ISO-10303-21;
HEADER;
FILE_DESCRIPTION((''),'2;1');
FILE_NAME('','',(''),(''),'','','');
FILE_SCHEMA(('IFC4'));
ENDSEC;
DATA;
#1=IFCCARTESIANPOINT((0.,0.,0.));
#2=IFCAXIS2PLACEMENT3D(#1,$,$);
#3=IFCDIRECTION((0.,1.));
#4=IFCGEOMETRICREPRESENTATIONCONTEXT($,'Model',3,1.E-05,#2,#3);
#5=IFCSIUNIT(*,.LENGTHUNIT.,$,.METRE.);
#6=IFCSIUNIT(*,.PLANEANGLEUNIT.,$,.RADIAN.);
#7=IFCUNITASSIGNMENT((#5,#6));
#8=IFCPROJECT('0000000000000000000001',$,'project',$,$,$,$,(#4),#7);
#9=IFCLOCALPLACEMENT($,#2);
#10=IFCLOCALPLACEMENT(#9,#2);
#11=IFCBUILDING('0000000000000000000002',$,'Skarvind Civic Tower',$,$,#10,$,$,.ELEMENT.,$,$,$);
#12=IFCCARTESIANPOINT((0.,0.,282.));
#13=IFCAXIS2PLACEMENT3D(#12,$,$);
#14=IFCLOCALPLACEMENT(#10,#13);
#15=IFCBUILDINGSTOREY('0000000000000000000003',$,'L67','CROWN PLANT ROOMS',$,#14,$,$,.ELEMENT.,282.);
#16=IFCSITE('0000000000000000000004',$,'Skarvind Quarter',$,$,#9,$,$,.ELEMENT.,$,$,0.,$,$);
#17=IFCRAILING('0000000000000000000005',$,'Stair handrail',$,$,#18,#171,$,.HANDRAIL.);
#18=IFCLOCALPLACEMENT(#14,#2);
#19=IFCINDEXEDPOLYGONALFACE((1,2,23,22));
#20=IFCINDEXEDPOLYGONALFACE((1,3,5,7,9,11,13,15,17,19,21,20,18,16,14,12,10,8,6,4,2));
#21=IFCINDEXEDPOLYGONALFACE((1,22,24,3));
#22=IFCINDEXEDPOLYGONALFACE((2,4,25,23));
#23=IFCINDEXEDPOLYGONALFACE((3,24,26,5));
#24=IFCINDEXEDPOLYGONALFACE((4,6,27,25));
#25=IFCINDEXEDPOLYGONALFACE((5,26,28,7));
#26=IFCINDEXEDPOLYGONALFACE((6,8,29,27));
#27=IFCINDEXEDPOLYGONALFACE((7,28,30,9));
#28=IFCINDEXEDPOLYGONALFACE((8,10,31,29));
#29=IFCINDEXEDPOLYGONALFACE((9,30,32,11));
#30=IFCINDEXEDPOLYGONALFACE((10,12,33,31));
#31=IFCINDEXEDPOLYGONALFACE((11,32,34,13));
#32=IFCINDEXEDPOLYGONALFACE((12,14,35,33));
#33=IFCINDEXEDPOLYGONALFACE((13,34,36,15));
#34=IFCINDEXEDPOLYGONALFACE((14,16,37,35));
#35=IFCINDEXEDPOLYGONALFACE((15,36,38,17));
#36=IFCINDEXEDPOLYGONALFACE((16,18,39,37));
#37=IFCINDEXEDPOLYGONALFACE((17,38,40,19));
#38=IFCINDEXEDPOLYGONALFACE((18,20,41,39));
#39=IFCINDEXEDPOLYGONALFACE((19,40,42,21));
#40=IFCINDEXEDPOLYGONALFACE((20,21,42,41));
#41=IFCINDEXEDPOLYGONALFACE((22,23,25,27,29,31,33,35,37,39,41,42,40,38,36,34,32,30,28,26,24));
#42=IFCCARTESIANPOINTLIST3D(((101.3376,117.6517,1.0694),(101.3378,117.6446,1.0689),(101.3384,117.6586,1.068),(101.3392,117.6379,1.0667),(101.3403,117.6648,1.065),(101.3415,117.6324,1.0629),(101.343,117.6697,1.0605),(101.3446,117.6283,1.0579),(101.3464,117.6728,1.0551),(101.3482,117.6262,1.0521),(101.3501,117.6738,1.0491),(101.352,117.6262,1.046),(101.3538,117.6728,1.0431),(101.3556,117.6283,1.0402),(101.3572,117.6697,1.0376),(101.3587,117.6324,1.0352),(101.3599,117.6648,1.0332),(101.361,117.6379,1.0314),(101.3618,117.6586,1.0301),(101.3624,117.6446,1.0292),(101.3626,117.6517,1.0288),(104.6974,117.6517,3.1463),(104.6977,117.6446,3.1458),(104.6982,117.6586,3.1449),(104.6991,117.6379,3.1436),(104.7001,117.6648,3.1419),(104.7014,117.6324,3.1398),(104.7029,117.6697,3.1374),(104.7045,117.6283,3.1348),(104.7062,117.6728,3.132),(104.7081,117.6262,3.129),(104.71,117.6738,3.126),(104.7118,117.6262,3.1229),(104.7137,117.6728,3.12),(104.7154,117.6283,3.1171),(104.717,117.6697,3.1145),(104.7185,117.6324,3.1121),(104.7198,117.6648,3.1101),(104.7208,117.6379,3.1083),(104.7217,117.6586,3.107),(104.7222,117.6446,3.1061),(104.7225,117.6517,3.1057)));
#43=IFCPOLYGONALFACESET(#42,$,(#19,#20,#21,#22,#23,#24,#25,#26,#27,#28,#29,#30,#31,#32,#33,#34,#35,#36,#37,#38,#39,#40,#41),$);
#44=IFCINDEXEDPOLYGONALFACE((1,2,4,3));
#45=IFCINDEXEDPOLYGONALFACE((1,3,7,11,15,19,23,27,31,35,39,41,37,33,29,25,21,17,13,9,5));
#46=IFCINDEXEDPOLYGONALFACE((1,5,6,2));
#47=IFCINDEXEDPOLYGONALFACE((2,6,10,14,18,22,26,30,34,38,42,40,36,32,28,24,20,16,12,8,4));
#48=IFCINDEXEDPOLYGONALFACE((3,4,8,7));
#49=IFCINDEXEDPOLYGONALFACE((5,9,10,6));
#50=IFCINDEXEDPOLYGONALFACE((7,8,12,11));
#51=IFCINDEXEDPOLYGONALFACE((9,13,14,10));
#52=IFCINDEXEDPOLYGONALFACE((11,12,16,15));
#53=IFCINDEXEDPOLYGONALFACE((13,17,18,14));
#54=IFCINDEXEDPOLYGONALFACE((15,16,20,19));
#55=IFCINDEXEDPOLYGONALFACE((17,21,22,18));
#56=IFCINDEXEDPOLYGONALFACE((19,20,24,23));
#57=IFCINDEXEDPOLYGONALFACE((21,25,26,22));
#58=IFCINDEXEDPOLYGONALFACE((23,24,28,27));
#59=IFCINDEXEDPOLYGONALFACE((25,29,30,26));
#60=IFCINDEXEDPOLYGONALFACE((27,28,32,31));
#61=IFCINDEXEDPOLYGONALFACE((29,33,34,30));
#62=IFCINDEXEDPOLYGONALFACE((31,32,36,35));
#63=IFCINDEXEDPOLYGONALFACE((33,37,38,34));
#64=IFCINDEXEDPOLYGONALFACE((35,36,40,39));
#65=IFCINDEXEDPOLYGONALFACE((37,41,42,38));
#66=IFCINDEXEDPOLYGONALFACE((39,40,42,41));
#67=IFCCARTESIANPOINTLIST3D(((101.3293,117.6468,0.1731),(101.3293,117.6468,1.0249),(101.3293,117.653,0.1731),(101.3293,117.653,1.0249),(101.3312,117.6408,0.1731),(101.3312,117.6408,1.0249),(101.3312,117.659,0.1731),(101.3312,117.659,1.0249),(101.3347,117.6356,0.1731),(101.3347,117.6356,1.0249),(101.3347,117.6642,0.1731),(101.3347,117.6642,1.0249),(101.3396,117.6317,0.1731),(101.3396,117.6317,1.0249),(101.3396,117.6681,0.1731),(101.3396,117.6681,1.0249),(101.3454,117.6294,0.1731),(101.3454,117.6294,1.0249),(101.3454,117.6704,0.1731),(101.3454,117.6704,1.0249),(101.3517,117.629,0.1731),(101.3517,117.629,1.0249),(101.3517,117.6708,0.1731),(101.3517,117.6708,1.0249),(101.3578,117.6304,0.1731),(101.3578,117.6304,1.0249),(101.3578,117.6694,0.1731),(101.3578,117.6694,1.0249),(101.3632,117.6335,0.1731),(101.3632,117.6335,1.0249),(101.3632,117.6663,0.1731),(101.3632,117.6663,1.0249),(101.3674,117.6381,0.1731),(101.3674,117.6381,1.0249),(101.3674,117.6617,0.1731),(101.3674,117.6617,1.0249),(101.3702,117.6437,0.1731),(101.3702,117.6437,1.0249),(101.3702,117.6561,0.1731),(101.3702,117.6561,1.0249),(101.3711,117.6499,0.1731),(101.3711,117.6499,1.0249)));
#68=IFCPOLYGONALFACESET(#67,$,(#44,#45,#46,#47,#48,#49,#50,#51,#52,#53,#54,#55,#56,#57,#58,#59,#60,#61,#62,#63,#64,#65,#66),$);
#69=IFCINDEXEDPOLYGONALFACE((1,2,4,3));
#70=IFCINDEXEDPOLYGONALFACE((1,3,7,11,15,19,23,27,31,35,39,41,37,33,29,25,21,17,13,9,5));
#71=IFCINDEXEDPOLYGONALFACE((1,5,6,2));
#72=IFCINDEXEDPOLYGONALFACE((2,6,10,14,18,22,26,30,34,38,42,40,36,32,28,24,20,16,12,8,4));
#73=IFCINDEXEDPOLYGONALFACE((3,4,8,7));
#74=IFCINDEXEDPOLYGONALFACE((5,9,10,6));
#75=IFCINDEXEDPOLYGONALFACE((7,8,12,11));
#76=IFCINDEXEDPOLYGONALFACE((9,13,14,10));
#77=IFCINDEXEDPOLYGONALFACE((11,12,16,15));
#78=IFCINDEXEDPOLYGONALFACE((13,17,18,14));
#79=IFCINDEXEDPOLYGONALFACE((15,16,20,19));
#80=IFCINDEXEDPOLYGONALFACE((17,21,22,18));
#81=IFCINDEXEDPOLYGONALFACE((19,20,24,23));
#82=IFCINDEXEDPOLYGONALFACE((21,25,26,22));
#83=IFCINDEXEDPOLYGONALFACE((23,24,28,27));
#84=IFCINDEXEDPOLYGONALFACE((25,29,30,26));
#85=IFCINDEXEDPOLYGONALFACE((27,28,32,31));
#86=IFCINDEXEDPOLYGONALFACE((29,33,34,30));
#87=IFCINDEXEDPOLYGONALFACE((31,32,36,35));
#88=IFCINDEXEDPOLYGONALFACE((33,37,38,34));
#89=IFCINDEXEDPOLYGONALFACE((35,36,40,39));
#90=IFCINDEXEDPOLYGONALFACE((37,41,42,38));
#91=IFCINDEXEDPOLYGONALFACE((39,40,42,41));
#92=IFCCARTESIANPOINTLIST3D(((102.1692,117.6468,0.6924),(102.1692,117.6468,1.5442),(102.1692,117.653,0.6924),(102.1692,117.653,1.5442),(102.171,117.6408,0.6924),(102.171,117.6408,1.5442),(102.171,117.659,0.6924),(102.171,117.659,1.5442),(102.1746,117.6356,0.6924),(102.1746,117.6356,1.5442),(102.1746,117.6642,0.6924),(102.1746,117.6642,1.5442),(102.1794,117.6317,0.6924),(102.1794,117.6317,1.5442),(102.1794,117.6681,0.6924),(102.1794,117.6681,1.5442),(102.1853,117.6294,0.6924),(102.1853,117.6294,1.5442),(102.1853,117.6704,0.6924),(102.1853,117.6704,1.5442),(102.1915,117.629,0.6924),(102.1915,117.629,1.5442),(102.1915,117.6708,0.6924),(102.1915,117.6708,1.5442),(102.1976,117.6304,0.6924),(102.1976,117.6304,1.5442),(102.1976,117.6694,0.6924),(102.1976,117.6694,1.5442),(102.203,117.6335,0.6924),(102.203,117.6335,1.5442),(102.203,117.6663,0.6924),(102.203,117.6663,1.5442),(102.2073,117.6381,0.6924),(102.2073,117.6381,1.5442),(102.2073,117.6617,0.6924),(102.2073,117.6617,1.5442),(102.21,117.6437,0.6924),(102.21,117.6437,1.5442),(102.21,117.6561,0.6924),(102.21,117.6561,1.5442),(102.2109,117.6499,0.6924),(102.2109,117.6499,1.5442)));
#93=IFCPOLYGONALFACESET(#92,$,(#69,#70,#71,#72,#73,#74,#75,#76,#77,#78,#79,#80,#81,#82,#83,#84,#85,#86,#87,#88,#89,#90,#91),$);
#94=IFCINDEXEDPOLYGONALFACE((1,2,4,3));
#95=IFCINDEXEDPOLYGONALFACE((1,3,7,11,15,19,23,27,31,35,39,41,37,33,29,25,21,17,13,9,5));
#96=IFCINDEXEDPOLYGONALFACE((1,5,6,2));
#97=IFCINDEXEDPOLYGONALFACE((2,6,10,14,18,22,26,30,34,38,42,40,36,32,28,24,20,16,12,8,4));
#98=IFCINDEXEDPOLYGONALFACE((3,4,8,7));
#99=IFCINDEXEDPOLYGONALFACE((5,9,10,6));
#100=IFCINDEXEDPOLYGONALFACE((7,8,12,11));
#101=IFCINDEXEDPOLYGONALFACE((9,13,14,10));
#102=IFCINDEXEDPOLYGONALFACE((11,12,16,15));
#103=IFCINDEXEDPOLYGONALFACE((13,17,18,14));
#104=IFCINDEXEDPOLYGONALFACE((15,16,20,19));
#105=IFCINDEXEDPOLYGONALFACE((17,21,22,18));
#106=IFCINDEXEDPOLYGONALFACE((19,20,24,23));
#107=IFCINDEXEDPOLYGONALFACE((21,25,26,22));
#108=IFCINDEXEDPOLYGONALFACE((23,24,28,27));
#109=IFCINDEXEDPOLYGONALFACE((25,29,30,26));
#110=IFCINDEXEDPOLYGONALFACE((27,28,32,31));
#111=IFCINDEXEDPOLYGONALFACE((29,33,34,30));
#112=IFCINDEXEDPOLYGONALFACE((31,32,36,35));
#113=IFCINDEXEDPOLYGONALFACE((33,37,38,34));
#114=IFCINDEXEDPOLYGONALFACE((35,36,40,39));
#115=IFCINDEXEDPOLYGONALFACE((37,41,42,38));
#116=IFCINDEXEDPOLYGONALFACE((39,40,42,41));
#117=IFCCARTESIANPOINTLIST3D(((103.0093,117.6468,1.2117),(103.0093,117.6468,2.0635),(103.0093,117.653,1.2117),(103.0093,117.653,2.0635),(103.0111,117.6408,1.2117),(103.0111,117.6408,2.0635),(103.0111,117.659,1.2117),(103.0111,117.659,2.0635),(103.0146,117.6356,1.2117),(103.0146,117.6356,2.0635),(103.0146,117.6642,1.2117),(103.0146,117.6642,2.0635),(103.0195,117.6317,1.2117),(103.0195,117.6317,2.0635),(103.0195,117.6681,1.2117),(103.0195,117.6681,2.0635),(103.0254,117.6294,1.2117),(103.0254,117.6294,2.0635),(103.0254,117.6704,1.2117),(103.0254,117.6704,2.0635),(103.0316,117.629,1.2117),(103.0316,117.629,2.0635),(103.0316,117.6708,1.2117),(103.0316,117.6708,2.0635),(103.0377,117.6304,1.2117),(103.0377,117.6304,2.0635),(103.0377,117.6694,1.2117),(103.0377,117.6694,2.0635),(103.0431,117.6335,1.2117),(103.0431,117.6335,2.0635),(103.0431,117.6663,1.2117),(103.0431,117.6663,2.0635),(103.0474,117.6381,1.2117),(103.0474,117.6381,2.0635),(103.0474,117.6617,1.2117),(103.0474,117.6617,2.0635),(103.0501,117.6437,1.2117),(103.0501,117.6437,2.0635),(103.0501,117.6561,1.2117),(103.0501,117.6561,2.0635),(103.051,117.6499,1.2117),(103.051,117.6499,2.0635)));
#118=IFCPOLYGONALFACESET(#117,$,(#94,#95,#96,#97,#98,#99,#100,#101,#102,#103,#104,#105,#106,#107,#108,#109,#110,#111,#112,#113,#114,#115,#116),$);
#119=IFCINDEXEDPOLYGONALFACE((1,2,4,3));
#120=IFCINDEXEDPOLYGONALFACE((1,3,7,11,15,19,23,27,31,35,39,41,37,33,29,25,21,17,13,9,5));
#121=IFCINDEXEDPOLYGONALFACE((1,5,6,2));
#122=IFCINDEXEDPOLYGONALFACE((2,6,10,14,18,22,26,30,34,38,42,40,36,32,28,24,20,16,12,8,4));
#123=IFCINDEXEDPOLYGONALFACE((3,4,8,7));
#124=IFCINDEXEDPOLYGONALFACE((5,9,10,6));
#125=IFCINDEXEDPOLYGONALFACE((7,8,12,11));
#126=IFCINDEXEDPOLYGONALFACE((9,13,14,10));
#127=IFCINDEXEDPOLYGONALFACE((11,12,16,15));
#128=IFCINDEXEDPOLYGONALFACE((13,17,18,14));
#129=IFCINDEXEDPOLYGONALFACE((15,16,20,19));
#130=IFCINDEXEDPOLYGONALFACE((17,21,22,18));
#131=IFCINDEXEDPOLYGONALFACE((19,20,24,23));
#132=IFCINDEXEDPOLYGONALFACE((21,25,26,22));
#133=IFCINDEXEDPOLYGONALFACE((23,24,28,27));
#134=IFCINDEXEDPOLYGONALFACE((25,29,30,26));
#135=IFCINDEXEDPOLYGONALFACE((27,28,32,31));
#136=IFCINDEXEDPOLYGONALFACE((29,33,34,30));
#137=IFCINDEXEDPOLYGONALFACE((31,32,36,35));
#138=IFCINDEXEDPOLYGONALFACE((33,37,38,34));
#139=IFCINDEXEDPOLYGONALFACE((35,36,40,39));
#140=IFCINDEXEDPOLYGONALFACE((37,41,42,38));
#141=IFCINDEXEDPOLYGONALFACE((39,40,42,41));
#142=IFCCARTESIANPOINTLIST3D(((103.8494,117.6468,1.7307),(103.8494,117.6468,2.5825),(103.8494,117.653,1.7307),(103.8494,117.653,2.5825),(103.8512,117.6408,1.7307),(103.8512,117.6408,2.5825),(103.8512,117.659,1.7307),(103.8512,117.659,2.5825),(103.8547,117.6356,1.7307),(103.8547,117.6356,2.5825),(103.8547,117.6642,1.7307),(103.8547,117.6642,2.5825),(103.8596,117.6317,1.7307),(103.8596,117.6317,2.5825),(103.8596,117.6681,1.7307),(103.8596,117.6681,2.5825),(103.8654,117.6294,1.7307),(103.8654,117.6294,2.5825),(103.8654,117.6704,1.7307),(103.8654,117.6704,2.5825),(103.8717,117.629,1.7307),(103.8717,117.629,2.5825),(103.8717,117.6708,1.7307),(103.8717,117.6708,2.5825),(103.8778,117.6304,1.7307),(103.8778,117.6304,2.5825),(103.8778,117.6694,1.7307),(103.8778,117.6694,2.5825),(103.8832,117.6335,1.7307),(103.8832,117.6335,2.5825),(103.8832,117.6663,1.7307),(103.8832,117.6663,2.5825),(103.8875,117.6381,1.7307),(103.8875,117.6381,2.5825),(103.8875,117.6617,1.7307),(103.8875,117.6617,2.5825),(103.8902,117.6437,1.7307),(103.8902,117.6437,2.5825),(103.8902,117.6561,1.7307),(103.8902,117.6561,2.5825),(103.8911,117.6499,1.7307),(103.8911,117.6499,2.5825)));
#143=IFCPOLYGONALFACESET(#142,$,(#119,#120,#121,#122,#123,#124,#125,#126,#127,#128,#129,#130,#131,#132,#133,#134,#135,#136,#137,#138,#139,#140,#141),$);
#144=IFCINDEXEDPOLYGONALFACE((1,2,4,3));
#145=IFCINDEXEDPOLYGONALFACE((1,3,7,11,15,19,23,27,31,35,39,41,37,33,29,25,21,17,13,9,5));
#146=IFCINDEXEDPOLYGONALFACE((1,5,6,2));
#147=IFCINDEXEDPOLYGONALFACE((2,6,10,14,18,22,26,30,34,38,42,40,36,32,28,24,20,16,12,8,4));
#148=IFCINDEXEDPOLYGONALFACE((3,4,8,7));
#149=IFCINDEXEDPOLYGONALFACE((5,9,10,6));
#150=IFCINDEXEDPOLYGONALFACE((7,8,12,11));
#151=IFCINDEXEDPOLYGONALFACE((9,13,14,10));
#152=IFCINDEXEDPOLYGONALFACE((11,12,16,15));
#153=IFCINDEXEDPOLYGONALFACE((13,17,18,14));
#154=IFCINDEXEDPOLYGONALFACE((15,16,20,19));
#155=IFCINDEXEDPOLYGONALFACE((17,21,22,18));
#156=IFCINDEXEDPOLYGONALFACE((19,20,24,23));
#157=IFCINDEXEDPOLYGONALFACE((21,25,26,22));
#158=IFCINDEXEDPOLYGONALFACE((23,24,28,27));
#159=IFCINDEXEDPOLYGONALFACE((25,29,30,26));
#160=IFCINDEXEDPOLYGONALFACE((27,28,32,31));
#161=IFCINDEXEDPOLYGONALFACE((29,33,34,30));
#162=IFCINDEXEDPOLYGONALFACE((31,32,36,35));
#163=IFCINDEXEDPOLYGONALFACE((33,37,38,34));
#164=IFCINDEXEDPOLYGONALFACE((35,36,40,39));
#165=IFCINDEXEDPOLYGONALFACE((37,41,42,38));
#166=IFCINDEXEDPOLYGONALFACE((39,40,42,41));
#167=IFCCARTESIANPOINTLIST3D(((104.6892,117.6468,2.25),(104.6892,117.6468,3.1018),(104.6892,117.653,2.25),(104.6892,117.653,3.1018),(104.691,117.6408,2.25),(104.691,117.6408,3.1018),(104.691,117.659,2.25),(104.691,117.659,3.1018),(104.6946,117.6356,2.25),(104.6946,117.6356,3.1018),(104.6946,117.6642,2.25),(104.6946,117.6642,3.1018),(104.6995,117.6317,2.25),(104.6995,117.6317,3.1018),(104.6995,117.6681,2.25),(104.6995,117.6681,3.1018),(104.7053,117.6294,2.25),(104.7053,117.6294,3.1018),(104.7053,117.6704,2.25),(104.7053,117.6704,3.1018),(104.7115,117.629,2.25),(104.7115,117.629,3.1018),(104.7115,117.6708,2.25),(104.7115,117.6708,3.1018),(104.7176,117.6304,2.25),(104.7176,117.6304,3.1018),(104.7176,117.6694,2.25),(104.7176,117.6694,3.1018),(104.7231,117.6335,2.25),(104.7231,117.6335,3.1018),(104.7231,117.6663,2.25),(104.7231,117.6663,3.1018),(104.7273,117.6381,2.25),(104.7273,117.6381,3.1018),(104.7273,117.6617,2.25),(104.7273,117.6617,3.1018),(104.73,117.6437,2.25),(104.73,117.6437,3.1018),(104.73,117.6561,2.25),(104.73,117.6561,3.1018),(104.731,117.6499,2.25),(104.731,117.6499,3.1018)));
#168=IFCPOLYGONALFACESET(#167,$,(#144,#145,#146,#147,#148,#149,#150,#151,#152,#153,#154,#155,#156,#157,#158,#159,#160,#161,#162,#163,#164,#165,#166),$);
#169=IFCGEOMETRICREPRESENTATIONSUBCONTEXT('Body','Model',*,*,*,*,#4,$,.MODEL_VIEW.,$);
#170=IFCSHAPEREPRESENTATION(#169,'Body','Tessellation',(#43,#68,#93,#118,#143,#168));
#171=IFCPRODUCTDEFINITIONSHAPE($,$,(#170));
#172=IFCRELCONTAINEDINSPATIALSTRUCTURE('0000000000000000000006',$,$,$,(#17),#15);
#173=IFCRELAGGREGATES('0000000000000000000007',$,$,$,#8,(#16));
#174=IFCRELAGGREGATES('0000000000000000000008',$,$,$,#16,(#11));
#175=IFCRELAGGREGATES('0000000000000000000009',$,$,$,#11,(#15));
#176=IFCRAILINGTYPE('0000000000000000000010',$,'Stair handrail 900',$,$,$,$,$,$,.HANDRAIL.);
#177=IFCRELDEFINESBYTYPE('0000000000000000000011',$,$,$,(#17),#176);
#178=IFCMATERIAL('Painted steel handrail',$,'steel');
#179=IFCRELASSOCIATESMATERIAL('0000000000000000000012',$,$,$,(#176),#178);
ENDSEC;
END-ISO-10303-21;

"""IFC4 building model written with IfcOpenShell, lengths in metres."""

from ifc_helpers import new_model, si_unit, direction, frame, origin, origin_2d, place, context, subcontext, project, spatial, circle, extrude, material, type_object, element, save


model = new_model("IFC4")

# Units and contexts
model_context = context("Model", 3, precision=1e-05, world=origin(), true_north=direction((0.0, 1.0)))
body_context = subcontext(model_context, "Body", "Model", "MODEL_VIEW")
ifc_project = project(units=[si_unit("LENGTHUNIT", "METRE"), si_unit("PLANEANGLEUNIT", "RADIAN")], contexts=[model_context])

# Site, building, storey
site_placement = place(None, origin())
site = spatial("IfcSite", under=ifc_project, at=site_placement, Name="Skarvind Quarter", CompositionType="ELEMENT", RefElevation=0.0)
building_placement = place(site_placement, origin())
building = spatial("IfcBuilding", under=site, at=building_placement, Name="Skarvind Civic Tower", CompositionType="ELEMENT")
storey_placement = place(building_placement, frame((0.0, 0.0, 282.0)))
storey = spatial("IfcBuildingStorey", under=building, at=storey_placement, Name="L67", Description="CROWN PLANT ROOMS", CompositionType="ELEMENT", Elevation=282.0)

# Railing
ifc_material_1 = material(Name="Painted steel handrail", Category="steel")
railing_type = type_object("IfcRailingType", Name="Stair handrail 900", PredefinedType="HANDRAIL", material=ifc_material_1)
railing_1_placement = place(storey_placement, frame((101.3501, 117.6499, 0.1731)))
element("IfcRailing", 1, at=railing_1_placement, inside=storey, type_object=railing_type, Name="Stair handrail", PredefinedType="HANDRAIL", context=body_context, shape_type="SweptSolid", body=[
    extrude(circle(Radius=0.0239, at=origin_2d()), frame((0.0, 0.0, 0.876), z_axis=(0.850606, 0.0, 0.525803), x_axis=(0.0, 1.0, 0.0)), (0.0, 0.0, 1.0), 3.95),
    extrude(circle(Radius=0.021, at=origin_2d()), origin(), (0.0, 0.0, 1.0), 0.8518),
    extrude(circle(Radius=0.021, at=origin_2d()), frame((0.8398, 0.0, 0.5193)), (0.0, 0.0, 1.0), 0.8518),
    extrude(circle(Radius=0.021, at=origin_2d()), frame((1.6799, 0.0, 1.0386)), (0.0, 0.0, 1.0), 0.8518),
    extrude(circle(Radius=0.021, at=origin_2d()), frame((2.52, 0.0, 1.5576)), (0.0, 0.0, 1.0), 0.8518),
    extrude(circle(Radius=0.021, at=origin_2d()), frame((3.3599, 0.0, 2.0769)), (0.0, 0.0, 1.0), 0.8518),
])

save(model, "model.ifc")
